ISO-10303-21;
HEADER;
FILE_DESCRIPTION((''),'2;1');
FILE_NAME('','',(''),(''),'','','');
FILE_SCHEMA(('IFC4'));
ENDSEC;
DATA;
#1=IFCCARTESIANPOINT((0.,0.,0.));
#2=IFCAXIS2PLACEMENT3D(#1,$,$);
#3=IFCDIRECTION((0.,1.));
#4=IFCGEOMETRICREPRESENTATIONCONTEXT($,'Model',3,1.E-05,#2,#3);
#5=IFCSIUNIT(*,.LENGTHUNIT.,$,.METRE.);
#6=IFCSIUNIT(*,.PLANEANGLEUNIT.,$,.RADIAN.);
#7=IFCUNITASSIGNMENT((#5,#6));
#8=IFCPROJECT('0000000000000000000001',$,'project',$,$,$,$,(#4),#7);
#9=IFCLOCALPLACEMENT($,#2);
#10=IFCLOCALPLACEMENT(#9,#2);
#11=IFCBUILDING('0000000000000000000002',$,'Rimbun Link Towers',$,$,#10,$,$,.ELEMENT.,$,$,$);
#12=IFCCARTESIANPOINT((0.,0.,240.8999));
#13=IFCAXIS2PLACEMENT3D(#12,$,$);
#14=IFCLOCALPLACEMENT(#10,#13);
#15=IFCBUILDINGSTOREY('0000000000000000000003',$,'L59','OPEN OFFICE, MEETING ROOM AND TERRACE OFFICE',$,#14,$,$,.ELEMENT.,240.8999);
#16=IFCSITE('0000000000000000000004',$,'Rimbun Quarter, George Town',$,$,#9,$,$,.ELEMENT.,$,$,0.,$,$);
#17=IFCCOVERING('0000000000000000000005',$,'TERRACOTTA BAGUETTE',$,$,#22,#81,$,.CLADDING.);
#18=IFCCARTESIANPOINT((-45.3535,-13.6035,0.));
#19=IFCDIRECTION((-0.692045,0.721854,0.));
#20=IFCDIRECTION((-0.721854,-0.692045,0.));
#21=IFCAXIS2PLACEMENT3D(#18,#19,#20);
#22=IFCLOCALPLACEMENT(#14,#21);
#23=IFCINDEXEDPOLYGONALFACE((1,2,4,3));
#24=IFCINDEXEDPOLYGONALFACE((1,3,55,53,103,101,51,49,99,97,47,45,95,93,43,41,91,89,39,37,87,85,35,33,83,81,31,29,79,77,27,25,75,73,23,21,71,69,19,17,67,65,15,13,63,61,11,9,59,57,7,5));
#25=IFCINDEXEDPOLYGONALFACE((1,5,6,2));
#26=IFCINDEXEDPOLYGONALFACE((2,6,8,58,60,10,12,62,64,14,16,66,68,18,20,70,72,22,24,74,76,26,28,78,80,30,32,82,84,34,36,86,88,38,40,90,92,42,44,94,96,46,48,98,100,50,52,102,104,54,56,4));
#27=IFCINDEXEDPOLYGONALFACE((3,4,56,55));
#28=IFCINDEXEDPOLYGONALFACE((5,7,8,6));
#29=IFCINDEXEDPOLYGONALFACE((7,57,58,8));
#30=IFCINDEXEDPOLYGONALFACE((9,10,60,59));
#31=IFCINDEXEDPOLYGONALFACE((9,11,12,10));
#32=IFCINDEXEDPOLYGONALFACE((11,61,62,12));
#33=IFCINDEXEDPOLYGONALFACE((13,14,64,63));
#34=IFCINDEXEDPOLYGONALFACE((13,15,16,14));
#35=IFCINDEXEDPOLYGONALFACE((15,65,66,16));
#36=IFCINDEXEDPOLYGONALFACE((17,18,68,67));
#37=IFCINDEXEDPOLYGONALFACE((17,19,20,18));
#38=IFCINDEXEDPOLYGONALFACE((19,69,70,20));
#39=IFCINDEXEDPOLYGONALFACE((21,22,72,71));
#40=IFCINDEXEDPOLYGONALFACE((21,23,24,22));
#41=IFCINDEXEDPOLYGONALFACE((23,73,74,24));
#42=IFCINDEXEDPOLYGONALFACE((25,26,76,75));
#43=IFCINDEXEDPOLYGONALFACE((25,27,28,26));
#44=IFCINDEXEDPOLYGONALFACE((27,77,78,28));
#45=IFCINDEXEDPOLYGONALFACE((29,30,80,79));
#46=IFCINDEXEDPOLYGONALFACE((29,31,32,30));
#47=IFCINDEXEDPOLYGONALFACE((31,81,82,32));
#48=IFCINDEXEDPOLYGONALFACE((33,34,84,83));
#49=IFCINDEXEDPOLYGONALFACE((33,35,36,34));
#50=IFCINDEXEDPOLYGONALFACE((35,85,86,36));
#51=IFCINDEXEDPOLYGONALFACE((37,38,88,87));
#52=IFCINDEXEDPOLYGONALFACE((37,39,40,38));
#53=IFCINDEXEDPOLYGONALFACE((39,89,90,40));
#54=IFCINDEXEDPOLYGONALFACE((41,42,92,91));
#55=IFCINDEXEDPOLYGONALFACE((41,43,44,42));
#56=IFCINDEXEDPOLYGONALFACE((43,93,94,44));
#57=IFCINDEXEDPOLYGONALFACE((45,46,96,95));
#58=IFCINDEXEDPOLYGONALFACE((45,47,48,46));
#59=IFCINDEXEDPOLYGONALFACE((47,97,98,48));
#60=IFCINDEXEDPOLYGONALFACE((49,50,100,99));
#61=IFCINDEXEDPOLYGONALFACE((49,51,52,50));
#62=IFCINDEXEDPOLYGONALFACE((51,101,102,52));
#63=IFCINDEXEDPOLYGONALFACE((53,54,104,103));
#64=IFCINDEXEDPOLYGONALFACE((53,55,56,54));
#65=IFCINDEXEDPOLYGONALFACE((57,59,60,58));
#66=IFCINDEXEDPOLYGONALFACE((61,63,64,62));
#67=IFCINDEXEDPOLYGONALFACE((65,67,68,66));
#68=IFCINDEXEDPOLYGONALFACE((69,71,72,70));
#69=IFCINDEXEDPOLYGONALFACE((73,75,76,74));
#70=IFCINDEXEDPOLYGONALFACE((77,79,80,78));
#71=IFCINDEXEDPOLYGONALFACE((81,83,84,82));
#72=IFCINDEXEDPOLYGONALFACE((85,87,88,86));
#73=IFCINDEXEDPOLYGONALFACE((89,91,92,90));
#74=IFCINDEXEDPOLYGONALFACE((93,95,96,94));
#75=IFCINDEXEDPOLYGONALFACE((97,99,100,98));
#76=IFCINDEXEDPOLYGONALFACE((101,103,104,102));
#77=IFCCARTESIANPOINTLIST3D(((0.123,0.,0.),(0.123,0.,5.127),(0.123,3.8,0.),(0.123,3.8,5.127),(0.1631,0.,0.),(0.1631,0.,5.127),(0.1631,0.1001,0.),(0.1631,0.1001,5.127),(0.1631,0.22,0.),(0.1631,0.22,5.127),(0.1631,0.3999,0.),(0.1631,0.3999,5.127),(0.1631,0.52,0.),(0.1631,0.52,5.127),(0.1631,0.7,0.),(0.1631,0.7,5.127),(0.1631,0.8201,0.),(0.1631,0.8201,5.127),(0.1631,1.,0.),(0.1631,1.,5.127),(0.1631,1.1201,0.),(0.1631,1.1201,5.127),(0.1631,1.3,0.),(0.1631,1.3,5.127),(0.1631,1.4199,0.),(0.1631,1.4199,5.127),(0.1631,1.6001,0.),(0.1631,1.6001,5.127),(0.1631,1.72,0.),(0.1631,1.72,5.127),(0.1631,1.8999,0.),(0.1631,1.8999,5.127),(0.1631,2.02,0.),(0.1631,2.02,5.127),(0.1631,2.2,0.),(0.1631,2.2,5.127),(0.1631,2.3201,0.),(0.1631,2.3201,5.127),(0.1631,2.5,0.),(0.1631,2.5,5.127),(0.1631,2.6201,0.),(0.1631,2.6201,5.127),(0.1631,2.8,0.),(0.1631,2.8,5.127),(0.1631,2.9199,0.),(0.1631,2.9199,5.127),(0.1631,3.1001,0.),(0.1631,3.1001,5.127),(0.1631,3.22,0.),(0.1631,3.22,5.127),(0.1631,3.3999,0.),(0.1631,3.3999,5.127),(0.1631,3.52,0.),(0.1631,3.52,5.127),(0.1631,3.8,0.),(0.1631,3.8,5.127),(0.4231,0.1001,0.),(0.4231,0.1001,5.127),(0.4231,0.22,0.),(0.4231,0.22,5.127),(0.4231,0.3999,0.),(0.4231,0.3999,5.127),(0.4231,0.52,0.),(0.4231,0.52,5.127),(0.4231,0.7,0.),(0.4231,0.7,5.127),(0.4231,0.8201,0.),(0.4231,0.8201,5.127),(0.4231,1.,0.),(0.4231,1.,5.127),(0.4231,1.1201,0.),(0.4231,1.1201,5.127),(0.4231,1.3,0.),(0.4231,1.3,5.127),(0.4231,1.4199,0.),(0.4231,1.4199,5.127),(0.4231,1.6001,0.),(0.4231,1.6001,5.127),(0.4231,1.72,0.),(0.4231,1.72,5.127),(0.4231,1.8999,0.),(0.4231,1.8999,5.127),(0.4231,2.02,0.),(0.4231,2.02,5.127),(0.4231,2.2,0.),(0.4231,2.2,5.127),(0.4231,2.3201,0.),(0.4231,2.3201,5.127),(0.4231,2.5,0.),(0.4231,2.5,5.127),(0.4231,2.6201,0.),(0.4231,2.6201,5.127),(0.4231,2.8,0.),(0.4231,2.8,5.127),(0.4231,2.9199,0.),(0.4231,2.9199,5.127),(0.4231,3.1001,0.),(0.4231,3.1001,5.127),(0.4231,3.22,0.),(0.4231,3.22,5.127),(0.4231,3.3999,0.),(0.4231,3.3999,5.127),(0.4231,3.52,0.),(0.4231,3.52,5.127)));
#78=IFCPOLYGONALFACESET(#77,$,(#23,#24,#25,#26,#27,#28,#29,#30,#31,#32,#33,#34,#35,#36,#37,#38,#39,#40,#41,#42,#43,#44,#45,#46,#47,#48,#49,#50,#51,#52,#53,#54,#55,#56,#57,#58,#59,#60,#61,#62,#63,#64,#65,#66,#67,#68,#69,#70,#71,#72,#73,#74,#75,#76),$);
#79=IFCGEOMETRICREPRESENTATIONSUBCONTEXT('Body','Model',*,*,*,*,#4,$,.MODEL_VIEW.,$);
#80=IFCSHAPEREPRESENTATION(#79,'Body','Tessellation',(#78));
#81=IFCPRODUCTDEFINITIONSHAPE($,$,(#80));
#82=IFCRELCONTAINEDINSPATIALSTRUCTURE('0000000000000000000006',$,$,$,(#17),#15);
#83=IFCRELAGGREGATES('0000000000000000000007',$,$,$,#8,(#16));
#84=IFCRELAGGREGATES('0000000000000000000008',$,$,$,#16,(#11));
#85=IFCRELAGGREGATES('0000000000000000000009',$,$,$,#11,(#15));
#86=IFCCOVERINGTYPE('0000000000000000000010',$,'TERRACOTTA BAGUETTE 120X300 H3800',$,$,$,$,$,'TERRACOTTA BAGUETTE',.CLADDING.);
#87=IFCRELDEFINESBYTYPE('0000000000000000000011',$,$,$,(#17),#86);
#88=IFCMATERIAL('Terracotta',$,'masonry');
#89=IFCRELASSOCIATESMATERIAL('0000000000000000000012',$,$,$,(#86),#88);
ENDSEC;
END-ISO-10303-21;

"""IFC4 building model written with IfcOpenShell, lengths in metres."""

from ifc_helpers import new_model, si_unit, direction, frame, origin, place, context, subcontext, project, spatial, polyline, outline, extrude, material, material_profile, profile_set, type_object, element, save


model = new_model("IFC4")

# Units and contexts
model_context = context("Model", 3, precision=1e-05, world=origin(), true_north=direction((0.0, 1.0)))
body_context = subcontext(model_context, "Body", "Model", "MODEL_VIEW")
ifc_project = project(units=[si_unit("LENGTHUNIT", "METRE"), si_unit("PLANEANGLEUNIT", "RADIAN")], contexts=[model_context])

# Site, building, storey
site_placement = place(None, origin())
site = spatial("IfcSite", under=ifc_project, at=site_placement, Name="Rimbun Quarter, George Town", CompositionType="ELEMENT", RefElevation=0.0)
building_placement = place(site_placement, origin())
building = spatial("IfcBuilding", under=site, at=building_placement, Name="Rimbun Link Towers", CompositionType="ELEMENT")
storey_placement = place(building_placement, frame((0.0, 0.0, 240.8999)))
storey = spatial("IfcBuildingStorey", under=building, at=storey_placement, Name="L59", Description="OPEN OFFICE, MEETING ROOM AND TERRACE OFFICE", CompositionType="ELEMENT", Elevation=240.8999)

# Covering
ifc_material_1 = material(Name="Terracotta", Category="masonry")
ifc_material_profile_1 = material_profile(ifc_material_1, outline(polyline([(0.123, 0.0), (0.1631, 0.0), (0.1631, 0.1001), (0.4231, 0.1001), (0.4231, 0.22), (0.1631, 0.22), (0.1631, 0.3999), (0.4231, 0.3999), (0.4231, 0.52), (0.1631, 0.52), (0.1631, 0.7), (0.4231, 0.7), (0.4231, 0.8201), (0.1631, 0.8201), (0.1631, 1.0), (0.4231, 1.0), (0.4231, 1.1201), (0.1631, 1.1201), (0.1631, 1.3), (0.4231, 1.3), (0.4231, 1.4199), (0.1631, 1.4199), (0.1631, 1.6001), (0.4231, 1.6001), (0.4231, 1.72), (0.1631, 1.72), (0.1631, 1.8999), (0.4231, 1.8999), (0.4231, 2.02), (0.1631, 2.02), (0.1631, 2.2), (0.4231, 2.2), (0.4231, 2.3201), (0.1631, 2.3201), (0.1631, 2.5), (0.4231, 2.5), (0.4231, 2.6201), (0.1631, 2.6201), (0.1631, 2.8), (0.4231, 2.8), (0.4231, 2.9199), (0.1631, 2.9199), (0.1631, 3.1001), (0.4231, 3.1001), (0.4231, 3.22), (0.1631, 3.22), (0.1631, 3.3999), (0.4231, 3.3999), (0.4231, 3.52), (0.1631, 3.52), (0.1631, 3.8), (0.123, 3.8), (0.123, 0.0)])), Name="BAGUETTE 120X300")
ifc_profile_set_1 = profile_set([ifc_material_profile_1], Name="Terracotta")
covering_type = type_object("IfcCoveringType", Name="TERRACOTTA BAGUETTE 120X300 H3800", ElementType="TERRACOTTA BAGUETTE", PredefinedType="CLADDING", material=ifc_profile_set_1)
covering_1_placement = place(storey_placement, frame((-45.3535, -13.6035, 0.0), z_axis=(-0.692045, 0.721854, 0.0), x_axis=(-0.721854, -0.692045, 0.0)))
element("IfcCovering", 1, at=covering_1_placement, inside=storey, type_object=covering_type, Name="TERRACOTTA BAGUETTE", PredefinedType="CLADDING", context=body_context, shape_type="SweptSolid", body=[
    extrude(outline(polyline([(0.123, 0.0), (0.1631, 0.0), (0.1631, 0.1001), (0.4231, 0.1001), (0.4231, 0.22), (0.1631, 0.22), (0.1631, 0.3999), (0.4231, 0.3999), (0.4231, 0.52), (0.1631, 0.52), (0.1631, 0.7), (0.4231, 0.7), (0.4231, 0.8201), (0.1631, 0.8201), (0.1631, 1.0), (0.4231, 1.0), (0.4231, 1.1201), (0.1631, 1.1201), (0.1631, 1.3), (0.4231, 1.3), (0.4231, 1.4199), (0.1631, 1.4199), (0.1631, 1.6001), (0.4231, 1.6001), (0.4231, 1.72), (0.1631, 1.72), (0.1631, 1.8999), (0.4231, 1.8999), (0.4231, 2.02), (0.1631, 2.02), (0.1631, 2.2), (0.4231, 2.2), (0.4231, 2.3201), (0.1631, 2.3201), (0.1631, 2.5), (0.4231, 2.5), (0.4231, 2.6201), (0.1631, 2.6201), (0.1631, 2.8), (0.4231, 2.8), (0.4231, 2.9199), (0.1631, 2.9199), (0.1631, 3.1001), (0.4231, 3.1001), (0.4231, 3.22), (0.1631, 3.22), (0.1631, 3.3999), (0.4231, 3.3999), (0.4231, 3.52), (0.1631, 3.52), (0.1631, 3.8), (0.123, 3.8), (0.123, 0.0)])), origin(), (0.0, 0.0, 1.0), 5.127),
])

save(model, "model.ifc")
